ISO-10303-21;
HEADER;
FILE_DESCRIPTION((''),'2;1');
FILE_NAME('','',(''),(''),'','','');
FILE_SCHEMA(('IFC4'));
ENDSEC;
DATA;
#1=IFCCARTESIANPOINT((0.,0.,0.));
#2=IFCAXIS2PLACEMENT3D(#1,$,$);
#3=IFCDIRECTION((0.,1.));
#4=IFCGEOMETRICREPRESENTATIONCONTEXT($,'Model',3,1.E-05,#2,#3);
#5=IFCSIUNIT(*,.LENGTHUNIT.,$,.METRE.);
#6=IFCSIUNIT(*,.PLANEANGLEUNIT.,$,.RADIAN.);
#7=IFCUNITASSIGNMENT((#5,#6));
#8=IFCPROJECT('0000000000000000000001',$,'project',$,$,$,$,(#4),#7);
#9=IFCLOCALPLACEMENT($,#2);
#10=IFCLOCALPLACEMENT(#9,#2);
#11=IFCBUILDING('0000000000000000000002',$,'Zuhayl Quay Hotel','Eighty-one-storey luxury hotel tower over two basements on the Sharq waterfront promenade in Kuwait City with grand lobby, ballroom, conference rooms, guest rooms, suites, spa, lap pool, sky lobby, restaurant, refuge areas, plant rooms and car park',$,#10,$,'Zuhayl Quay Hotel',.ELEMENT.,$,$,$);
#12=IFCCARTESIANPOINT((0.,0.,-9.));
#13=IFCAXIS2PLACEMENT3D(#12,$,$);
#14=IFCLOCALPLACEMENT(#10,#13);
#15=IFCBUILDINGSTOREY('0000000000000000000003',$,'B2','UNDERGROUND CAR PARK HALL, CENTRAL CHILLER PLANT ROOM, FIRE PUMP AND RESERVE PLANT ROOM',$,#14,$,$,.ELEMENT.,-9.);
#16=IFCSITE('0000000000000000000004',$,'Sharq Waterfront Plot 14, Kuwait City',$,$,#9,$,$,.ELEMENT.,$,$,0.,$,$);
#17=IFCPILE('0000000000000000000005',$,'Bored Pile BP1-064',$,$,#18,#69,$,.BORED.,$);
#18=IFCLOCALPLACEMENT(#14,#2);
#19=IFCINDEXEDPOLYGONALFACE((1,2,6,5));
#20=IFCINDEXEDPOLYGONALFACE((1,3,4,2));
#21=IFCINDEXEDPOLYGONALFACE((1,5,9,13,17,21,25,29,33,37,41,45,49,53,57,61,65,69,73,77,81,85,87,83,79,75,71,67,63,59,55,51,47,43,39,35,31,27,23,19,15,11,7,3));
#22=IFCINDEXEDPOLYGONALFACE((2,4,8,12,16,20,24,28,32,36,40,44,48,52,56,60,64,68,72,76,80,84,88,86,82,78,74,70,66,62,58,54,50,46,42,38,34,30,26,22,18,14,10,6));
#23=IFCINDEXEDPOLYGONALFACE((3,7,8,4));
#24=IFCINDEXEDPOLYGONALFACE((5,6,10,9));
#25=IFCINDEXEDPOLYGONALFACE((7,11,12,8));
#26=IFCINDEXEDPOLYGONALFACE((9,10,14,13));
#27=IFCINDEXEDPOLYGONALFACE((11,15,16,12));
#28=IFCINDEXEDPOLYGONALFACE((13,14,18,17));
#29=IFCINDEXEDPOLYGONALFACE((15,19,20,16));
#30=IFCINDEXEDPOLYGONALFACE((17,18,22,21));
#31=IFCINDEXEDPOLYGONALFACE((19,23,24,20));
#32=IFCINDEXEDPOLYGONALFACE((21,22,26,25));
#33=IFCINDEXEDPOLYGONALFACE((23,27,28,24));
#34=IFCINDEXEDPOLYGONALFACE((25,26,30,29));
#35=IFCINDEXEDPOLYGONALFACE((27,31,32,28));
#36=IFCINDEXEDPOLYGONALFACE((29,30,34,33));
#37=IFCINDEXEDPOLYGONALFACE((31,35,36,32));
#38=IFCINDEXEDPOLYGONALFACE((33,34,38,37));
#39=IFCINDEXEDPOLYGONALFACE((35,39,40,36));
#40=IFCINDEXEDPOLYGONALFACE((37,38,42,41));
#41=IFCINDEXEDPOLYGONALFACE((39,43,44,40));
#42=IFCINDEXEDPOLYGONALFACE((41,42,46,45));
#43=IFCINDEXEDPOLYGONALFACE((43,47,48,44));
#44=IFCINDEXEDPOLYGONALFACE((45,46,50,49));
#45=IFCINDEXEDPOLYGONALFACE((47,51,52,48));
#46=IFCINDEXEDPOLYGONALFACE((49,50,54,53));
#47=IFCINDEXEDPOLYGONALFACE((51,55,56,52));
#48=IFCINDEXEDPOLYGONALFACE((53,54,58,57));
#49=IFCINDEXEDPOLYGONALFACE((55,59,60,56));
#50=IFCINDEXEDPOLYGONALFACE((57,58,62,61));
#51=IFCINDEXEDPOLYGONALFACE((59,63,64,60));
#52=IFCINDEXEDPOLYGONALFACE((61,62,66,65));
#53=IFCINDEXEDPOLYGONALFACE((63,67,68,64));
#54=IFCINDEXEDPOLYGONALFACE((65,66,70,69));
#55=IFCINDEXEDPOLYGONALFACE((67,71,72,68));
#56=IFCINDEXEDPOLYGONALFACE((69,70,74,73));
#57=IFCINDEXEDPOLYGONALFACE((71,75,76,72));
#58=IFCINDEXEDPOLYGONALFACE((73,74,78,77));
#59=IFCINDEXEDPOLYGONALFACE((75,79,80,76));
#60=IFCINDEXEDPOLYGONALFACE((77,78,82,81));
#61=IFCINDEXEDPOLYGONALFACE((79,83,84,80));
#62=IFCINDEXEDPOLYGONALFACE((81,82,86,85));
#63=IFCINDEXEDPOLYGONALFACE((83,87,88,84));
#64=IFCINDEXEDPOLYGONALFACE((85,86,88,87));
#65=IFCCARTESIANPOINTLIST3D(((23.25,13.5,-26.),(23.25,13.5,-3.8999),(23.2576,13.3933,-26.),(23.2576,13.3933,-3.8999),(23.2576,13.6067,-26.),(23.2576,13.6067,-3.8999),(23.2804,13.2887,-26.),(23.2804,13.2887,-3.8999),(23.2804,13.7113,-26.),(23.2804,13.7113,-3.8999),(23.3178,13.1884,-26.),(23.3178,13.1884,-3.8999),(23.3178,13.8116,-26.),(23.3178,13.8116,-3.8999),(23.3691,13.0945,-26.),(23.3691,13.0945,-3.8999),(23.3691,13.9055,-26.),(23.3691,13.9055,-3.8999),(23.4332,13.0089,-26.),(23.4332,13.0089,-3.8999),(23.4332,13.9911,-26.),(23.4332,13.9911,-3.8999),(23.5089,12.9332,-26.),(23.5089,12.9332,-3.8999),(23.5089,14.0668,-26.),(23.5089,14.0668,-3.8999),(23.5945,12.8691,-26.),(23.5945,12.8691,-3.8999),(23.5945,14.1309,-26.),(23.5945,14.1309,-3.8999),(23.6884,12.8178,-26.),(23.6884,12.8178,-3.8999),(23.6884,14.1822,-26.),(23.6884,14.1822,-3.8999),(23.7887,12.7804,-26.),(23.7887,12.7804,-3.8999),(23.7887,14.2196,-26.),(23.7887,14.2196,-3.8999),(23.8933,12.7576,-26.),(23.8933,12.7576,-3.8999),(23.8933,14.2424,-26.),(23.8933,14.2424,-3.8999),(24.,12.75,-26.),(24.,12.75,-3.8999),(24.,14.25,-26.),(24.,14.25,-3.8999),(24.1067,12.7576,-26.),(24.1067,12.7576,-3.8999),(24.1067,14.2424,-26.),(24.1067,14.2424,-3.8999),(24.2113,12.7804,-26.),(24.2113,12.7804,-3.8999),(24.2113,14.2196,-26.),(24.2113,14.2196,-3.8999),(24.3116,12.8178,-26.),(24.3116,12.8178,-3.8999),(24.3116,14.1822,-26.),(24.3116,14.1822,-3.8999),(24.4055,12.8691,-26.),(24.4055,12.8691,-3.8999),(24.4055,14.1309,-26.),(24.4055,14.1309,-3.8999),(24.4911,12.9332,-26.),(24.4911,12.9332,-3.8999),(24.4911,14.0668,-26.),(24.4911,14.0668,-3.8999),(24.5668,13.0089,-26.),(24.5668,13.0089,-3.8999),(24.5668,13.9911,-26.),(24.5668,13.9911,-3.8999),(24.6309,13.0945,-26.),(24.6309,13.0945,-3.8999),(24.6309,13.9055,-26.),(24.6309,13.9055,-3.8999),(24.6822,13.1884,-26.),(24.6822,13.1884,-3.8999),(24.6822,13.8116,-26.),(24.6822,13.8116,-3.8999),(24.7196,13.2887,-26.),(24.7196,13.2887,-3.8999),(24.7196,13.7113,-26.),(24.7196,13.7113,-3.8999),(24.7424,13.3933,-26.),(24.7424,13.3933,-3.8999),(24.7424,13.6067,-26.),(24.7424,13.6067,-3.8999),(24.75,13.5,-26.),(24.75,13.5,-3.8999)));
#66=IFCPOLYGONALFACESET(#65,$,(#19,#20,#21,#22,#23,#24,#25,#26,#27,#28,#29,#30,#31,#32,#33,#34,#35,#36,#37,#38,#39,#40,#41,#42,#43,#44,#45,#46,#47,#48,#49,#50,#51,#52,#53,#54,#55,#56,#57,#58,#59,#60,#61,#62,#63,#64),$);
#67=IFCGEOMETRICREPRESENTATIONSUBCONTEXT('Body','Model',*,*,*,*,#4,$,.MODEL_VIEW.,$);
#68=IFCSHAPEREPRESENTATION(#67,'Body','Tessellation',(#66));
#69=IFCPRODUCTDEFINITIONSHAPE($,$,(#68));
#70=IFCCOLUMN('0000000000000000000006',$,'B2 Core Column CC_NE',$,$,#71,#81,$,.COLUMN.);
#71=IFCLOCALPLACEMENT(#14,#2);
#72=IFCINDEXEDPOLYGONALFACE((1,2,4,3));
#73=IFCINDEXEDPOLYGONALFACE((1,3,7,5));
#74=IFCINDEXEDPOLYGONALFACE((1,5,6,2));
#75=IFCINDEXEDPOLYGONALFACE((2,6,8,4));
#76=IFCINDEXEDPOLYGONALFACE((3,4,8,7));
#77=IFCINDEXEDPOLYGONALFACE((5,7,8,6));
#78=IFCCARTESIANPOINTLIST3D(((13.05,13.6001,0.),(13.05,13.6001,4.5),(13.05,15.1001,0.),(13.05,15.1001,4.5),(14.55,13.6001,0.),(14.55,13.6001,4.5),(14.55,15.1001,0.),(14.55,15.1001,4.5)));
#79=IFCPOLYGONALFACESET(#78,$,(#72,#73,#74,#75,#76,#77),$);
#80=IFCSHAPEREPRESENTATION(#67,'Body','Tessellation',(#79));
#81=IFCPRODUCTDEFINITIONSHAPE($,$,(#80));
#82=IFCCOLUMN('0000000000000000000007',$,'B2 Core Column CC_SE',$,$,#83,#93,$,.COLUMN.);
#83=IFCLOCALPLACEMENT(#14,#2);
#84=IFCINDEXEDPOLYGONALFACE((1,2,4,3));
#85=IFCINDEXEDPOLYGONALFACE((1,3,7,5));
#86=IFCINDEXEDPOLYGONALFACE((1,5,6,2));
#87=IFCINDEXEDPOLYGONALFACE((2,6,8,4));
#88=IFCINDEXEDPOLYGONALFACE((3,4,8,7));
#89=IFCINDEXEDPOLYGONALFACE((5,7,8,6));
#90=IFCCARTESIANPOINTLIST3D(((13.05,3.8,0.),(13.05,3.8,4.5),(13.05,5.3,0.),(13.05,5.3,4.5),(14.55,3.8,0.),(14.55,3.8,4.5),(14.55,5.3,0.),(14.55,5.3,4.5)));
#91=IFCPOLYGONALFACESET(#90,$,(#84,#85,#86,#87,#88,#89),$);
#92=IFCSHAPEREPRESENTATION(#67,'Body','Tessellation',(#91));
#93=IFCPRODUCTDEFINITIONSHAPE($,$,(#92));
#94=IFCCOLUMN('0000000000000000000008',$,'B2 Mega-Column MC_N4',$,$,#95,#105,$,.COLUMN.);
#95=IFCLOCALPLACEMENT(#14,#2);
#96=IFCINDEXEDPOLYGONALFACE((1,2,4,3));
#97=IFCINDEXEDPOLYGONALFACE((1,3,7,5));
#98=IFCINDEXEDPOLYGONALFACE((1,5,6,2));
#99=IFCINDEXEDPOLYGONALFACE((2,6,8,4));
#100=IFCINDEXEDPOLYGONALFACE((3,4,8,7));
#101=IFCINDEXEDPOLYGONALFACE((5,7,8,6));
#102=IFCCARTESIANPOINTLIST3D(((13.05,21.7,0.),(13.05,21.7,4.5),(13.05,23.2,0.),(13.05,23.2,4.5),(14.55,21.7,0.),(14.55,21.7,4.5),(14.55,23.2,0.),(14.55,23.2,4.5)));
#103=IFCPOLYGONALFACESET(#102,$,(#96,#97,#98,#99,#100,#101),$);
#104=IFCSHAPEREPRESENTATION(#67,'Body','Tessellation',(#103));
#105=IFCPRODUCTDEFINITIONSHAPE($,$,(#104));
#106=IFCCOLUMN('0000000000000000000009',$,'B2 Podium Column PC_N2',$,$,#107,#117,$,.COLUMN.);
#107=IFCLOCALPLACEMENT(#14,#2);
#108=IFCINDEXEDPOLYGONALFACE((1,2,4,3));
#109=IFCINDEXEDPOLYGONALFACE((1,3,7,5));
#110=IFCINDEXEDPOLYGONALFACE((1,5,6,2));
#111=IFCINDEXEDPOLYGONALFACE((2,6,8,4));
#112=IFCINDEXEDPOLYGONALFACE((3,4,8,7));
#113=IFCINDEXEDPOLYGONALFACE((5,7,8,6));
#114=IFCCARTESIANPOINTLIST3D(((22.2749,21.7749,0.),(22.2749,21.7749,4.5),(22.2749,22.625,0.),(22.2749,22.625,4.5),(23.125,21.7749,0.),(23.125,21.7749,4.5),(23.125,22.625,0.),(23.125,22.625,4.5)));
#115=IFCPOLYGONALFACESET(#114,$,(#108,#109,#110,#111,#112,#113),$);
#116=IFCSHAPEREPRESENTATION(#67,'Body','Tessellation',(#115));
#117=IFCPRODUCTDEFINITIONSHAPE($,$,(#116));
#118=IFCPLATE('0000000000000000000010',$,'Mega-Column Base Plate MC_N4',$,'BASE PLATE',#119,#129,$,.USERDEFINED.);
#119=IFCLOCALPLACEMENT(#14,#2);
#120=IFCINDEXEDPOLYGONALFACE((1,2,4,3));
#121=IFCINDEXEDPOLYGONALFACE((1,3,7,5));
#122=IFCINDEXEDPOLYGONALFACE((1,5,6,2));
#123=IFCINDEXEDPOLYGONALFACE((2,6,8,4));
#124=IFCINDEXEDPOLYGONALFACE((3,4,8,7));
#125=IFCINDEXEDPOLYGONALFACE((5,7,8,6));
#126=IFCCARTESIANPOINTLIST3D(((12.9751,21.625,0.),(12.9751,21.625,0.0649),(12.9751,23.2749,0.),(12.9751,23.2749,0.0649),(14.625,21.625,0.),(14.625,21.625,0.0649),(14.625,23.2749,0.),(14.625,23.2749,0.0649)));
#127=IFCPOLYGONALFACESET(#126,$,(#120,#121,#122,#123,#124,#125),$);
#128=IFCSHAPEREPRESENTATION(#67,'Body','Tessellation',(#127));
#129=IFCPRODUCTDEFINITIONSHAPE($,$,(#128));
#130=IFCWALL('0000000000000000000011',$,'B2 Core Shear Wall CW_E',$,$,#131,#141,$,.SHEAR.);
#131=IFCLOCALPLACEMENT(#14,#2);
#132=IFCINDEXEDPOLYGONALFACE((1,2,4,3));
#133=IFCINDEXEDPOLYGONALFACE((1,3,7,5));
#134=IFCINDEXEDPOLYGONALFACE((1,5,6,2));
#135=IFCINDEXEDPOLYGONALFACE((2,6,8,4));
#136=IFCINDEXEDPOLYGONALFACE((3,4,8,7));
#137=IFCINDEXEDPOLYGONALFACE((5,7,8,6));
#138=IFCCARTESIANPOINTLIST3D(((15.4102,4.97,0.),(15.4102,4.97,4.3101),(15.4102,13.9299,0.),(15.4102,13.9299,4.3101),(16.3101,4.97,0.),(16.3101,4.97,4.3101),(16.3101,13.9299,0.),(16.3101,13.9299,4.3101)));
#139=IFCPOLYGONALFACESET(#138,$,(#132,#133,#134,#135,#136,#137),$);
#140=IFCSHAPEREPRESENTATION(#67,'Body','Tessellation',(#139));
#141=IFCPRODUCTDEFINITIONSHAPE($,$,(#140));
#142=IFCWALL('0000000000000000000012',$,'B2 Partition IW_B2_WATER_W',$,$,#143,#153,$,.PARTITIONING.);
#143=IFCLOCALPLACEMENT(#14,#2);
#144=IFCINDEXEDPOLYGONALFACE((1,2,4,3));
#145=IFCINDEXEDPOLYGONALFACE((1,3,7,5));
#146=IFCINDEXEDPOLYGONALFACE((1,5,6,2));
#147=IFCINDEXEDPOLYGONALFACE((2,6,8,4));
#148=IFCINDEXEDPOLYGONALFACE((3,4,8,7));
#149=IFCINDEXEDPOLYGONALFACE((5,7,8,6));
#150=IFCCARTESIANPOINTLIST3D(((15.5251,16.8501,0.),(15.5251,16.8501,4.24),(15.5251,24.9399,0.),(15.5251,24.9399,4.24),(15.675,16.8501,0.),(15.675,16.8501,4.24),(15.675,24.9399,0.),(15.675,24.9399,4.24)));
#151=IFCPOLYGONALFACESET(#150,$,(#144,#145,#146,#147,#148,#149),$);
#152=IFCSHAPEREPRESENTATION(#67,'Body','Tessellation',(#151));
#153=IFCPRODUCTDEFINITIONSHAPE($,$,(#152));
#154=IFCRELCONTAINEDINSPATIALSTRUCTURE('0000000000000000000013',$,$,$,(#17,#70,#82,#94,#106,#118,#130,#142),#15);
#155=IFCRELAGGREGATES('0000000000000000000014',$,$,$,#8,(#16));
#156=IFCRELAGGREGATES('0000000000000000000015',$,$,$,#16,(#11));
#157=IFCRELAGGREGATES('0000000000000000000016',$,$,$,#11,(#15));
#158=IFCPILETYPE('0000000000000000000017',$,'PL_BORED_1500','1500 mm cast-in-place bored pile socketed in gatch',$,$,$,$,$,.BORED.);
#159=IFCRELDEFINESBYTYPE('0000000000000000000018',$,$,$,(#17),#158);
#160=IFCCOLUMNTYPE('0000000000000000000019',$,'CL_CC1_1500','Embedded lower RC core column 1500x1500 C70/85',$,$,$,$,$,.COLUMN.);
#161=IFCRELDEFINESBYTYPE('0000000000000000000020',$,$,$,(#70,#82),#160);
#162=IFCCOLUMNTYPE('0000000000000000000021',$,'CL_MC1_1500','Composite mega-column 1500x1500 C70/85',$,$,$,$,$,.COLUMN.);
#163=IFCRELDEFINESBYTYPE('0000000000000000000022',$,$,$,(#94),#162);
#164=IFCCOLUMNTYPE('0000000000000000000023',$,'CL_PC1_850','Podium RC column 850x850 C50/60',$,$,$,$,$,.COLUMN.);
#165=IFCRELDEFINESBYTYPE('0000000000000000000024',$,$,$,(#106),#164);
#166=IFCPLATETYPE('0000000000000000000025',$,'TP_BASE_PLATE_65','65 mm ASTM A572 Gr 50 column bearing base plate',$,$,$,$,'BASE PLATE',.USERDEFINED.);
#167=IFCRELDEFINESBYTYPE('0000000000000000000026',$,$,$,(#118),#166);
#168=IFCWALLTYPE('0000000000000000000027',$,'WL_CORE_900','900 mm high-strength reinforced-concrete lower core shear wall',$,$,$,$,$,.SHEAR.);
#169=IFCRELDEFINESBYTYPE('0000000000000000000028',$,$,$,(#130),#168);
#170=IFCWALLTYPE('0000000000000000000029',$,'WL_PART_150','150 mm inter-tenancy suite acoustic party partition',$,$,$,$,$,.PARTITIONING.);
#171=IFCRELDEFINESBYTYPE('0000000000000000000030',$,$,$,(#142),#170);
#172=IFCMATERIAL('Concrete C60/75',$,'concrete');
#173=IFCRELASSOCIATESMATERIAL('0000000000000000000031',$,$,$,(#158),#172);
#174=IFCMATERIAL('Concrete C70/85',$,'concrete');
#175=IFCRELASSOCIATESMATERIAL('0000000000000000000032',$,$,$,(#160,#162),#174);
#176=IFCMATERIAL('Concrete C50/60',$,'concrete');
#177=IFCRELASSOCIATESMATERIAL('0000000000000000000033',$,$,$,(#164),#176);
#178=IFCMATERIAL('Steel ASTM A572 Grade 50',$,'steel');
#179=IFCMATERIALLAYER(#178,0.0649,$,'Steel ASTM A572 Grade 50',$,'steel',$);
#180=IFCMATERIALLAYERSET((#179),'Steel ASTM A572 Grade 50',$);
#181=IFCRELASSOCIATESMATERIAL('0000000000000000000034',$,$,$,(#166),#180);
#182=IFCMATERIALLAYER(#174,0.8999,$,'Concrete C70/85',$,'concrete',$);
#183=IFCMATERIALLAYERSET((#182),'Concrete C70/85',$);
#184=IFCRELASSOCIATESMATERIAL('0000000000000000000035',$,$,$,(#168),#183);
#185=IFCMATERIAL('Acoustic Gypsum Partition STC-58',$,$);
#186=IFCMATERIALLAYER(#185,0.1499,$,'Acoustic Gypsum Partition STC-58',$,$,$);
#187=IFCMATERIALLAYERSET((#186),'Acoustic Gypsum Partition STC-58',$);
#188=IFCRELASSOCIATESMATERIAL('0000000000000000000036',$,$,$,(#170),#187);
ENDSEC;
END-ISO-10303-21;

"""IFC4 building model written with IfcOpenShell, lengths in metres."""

from ifc_helpers import new_model, si_unit, direction, frame, frame_2d, origin, origin_2d, place, context, subcontext, project, spatial, rectangle, circle, extrude, material, layer, layer_set, material_profile, profile_set, type_object, element, save


model = new_model("IFC4")

# Units and contexts
model_context = context("Model", 3, precision=1e-05, world=origin(), true_north=direction((0.0, 1.0)))
body_context = subcontext(model_context, "Body", "Model", "MODEL_VIEW")
ifc_project = project(units=[si_unit("LENGTHUNIT", "METRE"), si_unit("PLANEANGLEUNIT", "RADIAN")], contexts=[model_context])

# Site, building, storey
site_placement = place(None, origin())
site = spatial("IfcSite", under=ifc_project, at=site_placement, Name="Sharq Waterfront Plot 14, Kuwait City", CompositionType="ELEMENT", RefElevation=0.0)
building_placement = place(site_placement, origin())
building = spatial("IfcBuilding", under=site, at=building_placement, Name="Zuhayl Quay Hotel", Description="Eighty-one-storey luxury hotel tower over two basements on the Sharq waterfront promenade in Kuwait City with grand lobby, ballroom, conference rooms, guest rooms, suites, spa, lap pool, sky lobby, restaurant, refuge areas, plant rooms and car park", LongName="Zuhayl Quay Hotel", CompositionType="ELEMENT")
storey_placement = place(building_placement, frame((0.0, 0.0, -9.0)))
storey = spatial("IfcBuildingStorey", under=building, at=storey_placement, Name="B2", Description="UNDERGROUND CAR PARK HALL, CENTRAL CHILLER PLANT ROOM, FIRE PUMP AND RESERVE PLANT ROOM", CompositionType="ELEMENT", Elevation=-9.0)

# Pile
ifc_material_1 = material(Name="Concrete C60/75", Category="concrete")
ifc_material_profile_1 = material_profile(ifc_material_1, circle(Radius=0.75, at=origin_2d()), Name="PILE1500")
ifc_profile_set_1 = profile_set([ifc_material_profile_1], Name="Concrete C60/75")
pile_type = type_object("IfcPileType", Name="PL_BORED_1500", Description="1500 mm cast-in-place bored pile socketed in gatch", PredefinedType="BORED", material=ifc_profile_set_1)
for number, where, z_axis, x_axis, name in (
    (1, (24.0, 13.5, -3.8999), (0.0, 0.0, -1.0), (1.0, 0.0, 0.0), "Bored Pile BP1-064"),
):
    element("IfcPile", number, at=place(storey_placement, frame(where, z_axis=z_axis, x_axis=x_axis)), inside=storey, type_object=pile_type, Name=name, PredefinedType="BORED", context=body_context, shape_type="SweptSolid", body=[
        extrude(circle(Radius=0.75, at=origin_2d()), origin(), (0.0, 0.0, 1.0), 22.1001),
    ])

# Columns
ifc_material_2 = material(Name="Concrete C70/85", Category="concrete")
ifc_material_profile_2 = material_profile(ifc_material_2, rectangle(XDim=1.5, YDim=1.5, at=origin_2d()), Name="RC1500X1500")
ifc_profile_set_2 = profile_set([ifc_material_profile_2], Name="Concrete C70/85")
column_type_1 = type_object("IfcColumnType", Name="CL_CC1_1500", Description="Embedded lower RC core column 1500x1500 C70/85", PredefinedType="COLUMN", material=ifc_profile_set_2)
for number, where, z_axis, x_axis, name in (
    (2, (13.8, 14.3501, 0.0), (0.0, 0.0, 1.0), (1.0, 0.0, 0.0), "B2 Core Column CC_NE"),
    (3, (13.8, 4.55, 0.0), (0.0, 0.0, 1.0), (1.0, 0.0, 0.0), "B2 Core Column CC_SE"),
):
    element("IfcColumn", number, at=place(storey_placement, frame(where, z_axis=z_axis, x_axis=x_axis)), inside=storey, type_object=column_type_1, Name=name, PredefinedType="COLUMN", context=body_context, shape_type="SweptSolid", body=[
        extrude(rectangle(XDim=1.5, YDim=1.5, at=origin_2d()), origin(), (0.0, 0.0, 1.0), 4.5),
    ])
ifc_material_profile_3 = material_profile(ifc_material_2, rectangle(XDim=1.5, YDim=1.5, at=origin_2d()), Name="RC1500X1500")
ifc_profile_set_3 = profile_set([ifc_material_profile_3], Name="Concrete C70/85")
column_type_2 = type_object("IfcColumnType", Name="CL_MC1_1500", Description="Composite mega-column 1500x1500 C70/85", PredefinedType="COLUMN", material=ifc_profile_set_3)
column_1_placement = place(storey_placement, frame((13.8, 22.45, 0.0), z_axis=(0.0, 0.0, 1.0), x_axis=(1.0, 0.0, 0.0)))
element("IfcColumn", 4, at=column_1_placement, inside=storey, type_object=column_type_2, Name="B2 Mega-Column MC_N4", PredefinedType="COLUMN", context=body_context, shape_type="SweptSolid", body=[
    extrude(rectangle(XDim=1.5, YDim=1.5, at=origin_2d()), origin(), (0.0, 0.0, 1.0), 4.5),
])
ifc_material_3 = material(Name="Concrete C50/60", Category="concrete")
ifc_material_profile_4 = material_profile(ifc_material_3, rectangle(XDim=0.8501, YDim=0.8501, at=origin_2d()), Name="RC850X850")
ifc_profile_set_4 = profile_set([ifc_material_profile_4], Name="Concrete C50/60")
column_type_3 = type_object("IfcColumnType", Name="CL_PC1_850", Description="Podium RC column 850x850 C50/60", PredefinedType="COLUMN", material=ifc_profile_set_4)
column_2_placement = place(storey_placement, frame((22.7, 22.2, 0.0), z_axis=(0.0, 0.0, 1.0), x_axis=(1.0, 0.0, 0.0)))
element("IfcColumn", 5, at=column_2_placement, inside=storey, type_object=column_type_3, Name="B2 Podium Column PC_N2", PredefinedType="COLUMN", context=body_context, shape_type="SweptSolid", body=[
    extrude(rectangle(XDim=0.8501, YDim=0.8501, at=origin_2d()), origin(), (0.0, 0.0, 1.0), 4.5),
])

# Plate
ifc_material_4 = material(Name="Steel ASTM A572 Grade 50", Category="steel")
ifc_layer_1 = layer(ifc_material_4, 0.0649, Name="Steel ASTM A572 Grade 50", Category="steel")
ifc_layer_set_1 = layer_set([ifc_layer_1], Name="Steel ASTM A572 Grade 50")
plate_type = type_object("IfcPlateType", Name="TP_BASE_PLATE_65", Description="65 mm ASTM A572 Gr 50 column bearing base plate", ElementType="BASE PLATE", PredefinedType="USERDEFINED", material=ifc_layer_set_1)
plate_placement = place(storey_placement, frame((13.8, 22.45, 0.0), z_axis=(0.0, 0.0, 1.0), x_axis=(1.0, 0.0, 0.0)))
element("IfcPlate", 6, at=plate_placement, inside=storey, type_object=plate_type, Name="Mega-Column Base Plate MC_N4", ObjectType="BASE PLATE", PredefinedType="USERDEFINED", context=body_context, shape_type="SweptSolid", body=[
    extrude(rectangle(XDim=1.6499, YDim=1.6499, at=origin_2d()), origin(), (0.0, 0.0, 1.0), 0.0649),
])

# Walls
ifc_layer_2 = layer(ifc_material_2, 0.8999, Name="Concrete C70/85", Category="concrete")
ifc_layer_set_2 = layer_set([ifc_layer_2], Name="Concrete C70/85")
wall_type_1 = type_object("IfcWallType", Name="WL_CORE_900", Description="900 mm high-strength reinforced-concrete lower core shear wall", PredefinedType="SHEAR", material=ifc_layer_set_2)
wall_1_placement = place(storey_placement, frame((15.8601, 4.97, 0.0), z_axis=(0.0, 0.0, 1.0), x_axis=(0.0, 1.0, 0.0)))
element("IfcWall", 7, at=wall_1_placement, inside=storey, type_object=wall_type_1, Name="B2 Core Shear Wall CW_E", PredefinedType="SHEAR", context=body_context, shape_type="SweptSolid", body=[
    extrude(rectangle(XDim=8.96, YDim=0.8999, at=frame_2d((4.48, 0.0))), origin(), (0.0, 0.0, 1.0), 4.3101),
])
ifc_material_5 = material(Name="Acoustic Gypsum Partition STC-58")
ifc_layer_3 = layer(ifc_material_5, 0.1499, Name="Acoustic Gypsum Partition STC-58")
ifc_layer_set_3 = layer_set([ifc_layer_3], Name="Acoustic Gypsum Partition STC-58")
wall_type_2 = type_object("IfcWallType", Name="WL_PART_150", Description="150 mm inter-tenancy suite acoustic party partition", PredefinedType="PARTITIONING", material=ifc_layer_set_3)
wall_2_placement = place(storey_placement, frame((15.6001, 16.8501, 0.0), z_axis=(0.0, 0.0, 1.0), x_axis=(0.0, 1.0, 0.0)))
element("IfcWall", 8, at=wall_2_placement, inside=storey, type_object=wall_type_2, Name="B2 Partition IW_B2_WATER_W", PredefinedType="PARTITIONING", context=body_context, shape_type="SweptSolid", body=[
    extrude(rectangle(XDim=8.0898, YDim=0.1499, at=frame_2d((4.0449, 0.0))), origin(), (0.0, 0.0, 1.0), 4.24),
])

save(model, "model.ifc")
